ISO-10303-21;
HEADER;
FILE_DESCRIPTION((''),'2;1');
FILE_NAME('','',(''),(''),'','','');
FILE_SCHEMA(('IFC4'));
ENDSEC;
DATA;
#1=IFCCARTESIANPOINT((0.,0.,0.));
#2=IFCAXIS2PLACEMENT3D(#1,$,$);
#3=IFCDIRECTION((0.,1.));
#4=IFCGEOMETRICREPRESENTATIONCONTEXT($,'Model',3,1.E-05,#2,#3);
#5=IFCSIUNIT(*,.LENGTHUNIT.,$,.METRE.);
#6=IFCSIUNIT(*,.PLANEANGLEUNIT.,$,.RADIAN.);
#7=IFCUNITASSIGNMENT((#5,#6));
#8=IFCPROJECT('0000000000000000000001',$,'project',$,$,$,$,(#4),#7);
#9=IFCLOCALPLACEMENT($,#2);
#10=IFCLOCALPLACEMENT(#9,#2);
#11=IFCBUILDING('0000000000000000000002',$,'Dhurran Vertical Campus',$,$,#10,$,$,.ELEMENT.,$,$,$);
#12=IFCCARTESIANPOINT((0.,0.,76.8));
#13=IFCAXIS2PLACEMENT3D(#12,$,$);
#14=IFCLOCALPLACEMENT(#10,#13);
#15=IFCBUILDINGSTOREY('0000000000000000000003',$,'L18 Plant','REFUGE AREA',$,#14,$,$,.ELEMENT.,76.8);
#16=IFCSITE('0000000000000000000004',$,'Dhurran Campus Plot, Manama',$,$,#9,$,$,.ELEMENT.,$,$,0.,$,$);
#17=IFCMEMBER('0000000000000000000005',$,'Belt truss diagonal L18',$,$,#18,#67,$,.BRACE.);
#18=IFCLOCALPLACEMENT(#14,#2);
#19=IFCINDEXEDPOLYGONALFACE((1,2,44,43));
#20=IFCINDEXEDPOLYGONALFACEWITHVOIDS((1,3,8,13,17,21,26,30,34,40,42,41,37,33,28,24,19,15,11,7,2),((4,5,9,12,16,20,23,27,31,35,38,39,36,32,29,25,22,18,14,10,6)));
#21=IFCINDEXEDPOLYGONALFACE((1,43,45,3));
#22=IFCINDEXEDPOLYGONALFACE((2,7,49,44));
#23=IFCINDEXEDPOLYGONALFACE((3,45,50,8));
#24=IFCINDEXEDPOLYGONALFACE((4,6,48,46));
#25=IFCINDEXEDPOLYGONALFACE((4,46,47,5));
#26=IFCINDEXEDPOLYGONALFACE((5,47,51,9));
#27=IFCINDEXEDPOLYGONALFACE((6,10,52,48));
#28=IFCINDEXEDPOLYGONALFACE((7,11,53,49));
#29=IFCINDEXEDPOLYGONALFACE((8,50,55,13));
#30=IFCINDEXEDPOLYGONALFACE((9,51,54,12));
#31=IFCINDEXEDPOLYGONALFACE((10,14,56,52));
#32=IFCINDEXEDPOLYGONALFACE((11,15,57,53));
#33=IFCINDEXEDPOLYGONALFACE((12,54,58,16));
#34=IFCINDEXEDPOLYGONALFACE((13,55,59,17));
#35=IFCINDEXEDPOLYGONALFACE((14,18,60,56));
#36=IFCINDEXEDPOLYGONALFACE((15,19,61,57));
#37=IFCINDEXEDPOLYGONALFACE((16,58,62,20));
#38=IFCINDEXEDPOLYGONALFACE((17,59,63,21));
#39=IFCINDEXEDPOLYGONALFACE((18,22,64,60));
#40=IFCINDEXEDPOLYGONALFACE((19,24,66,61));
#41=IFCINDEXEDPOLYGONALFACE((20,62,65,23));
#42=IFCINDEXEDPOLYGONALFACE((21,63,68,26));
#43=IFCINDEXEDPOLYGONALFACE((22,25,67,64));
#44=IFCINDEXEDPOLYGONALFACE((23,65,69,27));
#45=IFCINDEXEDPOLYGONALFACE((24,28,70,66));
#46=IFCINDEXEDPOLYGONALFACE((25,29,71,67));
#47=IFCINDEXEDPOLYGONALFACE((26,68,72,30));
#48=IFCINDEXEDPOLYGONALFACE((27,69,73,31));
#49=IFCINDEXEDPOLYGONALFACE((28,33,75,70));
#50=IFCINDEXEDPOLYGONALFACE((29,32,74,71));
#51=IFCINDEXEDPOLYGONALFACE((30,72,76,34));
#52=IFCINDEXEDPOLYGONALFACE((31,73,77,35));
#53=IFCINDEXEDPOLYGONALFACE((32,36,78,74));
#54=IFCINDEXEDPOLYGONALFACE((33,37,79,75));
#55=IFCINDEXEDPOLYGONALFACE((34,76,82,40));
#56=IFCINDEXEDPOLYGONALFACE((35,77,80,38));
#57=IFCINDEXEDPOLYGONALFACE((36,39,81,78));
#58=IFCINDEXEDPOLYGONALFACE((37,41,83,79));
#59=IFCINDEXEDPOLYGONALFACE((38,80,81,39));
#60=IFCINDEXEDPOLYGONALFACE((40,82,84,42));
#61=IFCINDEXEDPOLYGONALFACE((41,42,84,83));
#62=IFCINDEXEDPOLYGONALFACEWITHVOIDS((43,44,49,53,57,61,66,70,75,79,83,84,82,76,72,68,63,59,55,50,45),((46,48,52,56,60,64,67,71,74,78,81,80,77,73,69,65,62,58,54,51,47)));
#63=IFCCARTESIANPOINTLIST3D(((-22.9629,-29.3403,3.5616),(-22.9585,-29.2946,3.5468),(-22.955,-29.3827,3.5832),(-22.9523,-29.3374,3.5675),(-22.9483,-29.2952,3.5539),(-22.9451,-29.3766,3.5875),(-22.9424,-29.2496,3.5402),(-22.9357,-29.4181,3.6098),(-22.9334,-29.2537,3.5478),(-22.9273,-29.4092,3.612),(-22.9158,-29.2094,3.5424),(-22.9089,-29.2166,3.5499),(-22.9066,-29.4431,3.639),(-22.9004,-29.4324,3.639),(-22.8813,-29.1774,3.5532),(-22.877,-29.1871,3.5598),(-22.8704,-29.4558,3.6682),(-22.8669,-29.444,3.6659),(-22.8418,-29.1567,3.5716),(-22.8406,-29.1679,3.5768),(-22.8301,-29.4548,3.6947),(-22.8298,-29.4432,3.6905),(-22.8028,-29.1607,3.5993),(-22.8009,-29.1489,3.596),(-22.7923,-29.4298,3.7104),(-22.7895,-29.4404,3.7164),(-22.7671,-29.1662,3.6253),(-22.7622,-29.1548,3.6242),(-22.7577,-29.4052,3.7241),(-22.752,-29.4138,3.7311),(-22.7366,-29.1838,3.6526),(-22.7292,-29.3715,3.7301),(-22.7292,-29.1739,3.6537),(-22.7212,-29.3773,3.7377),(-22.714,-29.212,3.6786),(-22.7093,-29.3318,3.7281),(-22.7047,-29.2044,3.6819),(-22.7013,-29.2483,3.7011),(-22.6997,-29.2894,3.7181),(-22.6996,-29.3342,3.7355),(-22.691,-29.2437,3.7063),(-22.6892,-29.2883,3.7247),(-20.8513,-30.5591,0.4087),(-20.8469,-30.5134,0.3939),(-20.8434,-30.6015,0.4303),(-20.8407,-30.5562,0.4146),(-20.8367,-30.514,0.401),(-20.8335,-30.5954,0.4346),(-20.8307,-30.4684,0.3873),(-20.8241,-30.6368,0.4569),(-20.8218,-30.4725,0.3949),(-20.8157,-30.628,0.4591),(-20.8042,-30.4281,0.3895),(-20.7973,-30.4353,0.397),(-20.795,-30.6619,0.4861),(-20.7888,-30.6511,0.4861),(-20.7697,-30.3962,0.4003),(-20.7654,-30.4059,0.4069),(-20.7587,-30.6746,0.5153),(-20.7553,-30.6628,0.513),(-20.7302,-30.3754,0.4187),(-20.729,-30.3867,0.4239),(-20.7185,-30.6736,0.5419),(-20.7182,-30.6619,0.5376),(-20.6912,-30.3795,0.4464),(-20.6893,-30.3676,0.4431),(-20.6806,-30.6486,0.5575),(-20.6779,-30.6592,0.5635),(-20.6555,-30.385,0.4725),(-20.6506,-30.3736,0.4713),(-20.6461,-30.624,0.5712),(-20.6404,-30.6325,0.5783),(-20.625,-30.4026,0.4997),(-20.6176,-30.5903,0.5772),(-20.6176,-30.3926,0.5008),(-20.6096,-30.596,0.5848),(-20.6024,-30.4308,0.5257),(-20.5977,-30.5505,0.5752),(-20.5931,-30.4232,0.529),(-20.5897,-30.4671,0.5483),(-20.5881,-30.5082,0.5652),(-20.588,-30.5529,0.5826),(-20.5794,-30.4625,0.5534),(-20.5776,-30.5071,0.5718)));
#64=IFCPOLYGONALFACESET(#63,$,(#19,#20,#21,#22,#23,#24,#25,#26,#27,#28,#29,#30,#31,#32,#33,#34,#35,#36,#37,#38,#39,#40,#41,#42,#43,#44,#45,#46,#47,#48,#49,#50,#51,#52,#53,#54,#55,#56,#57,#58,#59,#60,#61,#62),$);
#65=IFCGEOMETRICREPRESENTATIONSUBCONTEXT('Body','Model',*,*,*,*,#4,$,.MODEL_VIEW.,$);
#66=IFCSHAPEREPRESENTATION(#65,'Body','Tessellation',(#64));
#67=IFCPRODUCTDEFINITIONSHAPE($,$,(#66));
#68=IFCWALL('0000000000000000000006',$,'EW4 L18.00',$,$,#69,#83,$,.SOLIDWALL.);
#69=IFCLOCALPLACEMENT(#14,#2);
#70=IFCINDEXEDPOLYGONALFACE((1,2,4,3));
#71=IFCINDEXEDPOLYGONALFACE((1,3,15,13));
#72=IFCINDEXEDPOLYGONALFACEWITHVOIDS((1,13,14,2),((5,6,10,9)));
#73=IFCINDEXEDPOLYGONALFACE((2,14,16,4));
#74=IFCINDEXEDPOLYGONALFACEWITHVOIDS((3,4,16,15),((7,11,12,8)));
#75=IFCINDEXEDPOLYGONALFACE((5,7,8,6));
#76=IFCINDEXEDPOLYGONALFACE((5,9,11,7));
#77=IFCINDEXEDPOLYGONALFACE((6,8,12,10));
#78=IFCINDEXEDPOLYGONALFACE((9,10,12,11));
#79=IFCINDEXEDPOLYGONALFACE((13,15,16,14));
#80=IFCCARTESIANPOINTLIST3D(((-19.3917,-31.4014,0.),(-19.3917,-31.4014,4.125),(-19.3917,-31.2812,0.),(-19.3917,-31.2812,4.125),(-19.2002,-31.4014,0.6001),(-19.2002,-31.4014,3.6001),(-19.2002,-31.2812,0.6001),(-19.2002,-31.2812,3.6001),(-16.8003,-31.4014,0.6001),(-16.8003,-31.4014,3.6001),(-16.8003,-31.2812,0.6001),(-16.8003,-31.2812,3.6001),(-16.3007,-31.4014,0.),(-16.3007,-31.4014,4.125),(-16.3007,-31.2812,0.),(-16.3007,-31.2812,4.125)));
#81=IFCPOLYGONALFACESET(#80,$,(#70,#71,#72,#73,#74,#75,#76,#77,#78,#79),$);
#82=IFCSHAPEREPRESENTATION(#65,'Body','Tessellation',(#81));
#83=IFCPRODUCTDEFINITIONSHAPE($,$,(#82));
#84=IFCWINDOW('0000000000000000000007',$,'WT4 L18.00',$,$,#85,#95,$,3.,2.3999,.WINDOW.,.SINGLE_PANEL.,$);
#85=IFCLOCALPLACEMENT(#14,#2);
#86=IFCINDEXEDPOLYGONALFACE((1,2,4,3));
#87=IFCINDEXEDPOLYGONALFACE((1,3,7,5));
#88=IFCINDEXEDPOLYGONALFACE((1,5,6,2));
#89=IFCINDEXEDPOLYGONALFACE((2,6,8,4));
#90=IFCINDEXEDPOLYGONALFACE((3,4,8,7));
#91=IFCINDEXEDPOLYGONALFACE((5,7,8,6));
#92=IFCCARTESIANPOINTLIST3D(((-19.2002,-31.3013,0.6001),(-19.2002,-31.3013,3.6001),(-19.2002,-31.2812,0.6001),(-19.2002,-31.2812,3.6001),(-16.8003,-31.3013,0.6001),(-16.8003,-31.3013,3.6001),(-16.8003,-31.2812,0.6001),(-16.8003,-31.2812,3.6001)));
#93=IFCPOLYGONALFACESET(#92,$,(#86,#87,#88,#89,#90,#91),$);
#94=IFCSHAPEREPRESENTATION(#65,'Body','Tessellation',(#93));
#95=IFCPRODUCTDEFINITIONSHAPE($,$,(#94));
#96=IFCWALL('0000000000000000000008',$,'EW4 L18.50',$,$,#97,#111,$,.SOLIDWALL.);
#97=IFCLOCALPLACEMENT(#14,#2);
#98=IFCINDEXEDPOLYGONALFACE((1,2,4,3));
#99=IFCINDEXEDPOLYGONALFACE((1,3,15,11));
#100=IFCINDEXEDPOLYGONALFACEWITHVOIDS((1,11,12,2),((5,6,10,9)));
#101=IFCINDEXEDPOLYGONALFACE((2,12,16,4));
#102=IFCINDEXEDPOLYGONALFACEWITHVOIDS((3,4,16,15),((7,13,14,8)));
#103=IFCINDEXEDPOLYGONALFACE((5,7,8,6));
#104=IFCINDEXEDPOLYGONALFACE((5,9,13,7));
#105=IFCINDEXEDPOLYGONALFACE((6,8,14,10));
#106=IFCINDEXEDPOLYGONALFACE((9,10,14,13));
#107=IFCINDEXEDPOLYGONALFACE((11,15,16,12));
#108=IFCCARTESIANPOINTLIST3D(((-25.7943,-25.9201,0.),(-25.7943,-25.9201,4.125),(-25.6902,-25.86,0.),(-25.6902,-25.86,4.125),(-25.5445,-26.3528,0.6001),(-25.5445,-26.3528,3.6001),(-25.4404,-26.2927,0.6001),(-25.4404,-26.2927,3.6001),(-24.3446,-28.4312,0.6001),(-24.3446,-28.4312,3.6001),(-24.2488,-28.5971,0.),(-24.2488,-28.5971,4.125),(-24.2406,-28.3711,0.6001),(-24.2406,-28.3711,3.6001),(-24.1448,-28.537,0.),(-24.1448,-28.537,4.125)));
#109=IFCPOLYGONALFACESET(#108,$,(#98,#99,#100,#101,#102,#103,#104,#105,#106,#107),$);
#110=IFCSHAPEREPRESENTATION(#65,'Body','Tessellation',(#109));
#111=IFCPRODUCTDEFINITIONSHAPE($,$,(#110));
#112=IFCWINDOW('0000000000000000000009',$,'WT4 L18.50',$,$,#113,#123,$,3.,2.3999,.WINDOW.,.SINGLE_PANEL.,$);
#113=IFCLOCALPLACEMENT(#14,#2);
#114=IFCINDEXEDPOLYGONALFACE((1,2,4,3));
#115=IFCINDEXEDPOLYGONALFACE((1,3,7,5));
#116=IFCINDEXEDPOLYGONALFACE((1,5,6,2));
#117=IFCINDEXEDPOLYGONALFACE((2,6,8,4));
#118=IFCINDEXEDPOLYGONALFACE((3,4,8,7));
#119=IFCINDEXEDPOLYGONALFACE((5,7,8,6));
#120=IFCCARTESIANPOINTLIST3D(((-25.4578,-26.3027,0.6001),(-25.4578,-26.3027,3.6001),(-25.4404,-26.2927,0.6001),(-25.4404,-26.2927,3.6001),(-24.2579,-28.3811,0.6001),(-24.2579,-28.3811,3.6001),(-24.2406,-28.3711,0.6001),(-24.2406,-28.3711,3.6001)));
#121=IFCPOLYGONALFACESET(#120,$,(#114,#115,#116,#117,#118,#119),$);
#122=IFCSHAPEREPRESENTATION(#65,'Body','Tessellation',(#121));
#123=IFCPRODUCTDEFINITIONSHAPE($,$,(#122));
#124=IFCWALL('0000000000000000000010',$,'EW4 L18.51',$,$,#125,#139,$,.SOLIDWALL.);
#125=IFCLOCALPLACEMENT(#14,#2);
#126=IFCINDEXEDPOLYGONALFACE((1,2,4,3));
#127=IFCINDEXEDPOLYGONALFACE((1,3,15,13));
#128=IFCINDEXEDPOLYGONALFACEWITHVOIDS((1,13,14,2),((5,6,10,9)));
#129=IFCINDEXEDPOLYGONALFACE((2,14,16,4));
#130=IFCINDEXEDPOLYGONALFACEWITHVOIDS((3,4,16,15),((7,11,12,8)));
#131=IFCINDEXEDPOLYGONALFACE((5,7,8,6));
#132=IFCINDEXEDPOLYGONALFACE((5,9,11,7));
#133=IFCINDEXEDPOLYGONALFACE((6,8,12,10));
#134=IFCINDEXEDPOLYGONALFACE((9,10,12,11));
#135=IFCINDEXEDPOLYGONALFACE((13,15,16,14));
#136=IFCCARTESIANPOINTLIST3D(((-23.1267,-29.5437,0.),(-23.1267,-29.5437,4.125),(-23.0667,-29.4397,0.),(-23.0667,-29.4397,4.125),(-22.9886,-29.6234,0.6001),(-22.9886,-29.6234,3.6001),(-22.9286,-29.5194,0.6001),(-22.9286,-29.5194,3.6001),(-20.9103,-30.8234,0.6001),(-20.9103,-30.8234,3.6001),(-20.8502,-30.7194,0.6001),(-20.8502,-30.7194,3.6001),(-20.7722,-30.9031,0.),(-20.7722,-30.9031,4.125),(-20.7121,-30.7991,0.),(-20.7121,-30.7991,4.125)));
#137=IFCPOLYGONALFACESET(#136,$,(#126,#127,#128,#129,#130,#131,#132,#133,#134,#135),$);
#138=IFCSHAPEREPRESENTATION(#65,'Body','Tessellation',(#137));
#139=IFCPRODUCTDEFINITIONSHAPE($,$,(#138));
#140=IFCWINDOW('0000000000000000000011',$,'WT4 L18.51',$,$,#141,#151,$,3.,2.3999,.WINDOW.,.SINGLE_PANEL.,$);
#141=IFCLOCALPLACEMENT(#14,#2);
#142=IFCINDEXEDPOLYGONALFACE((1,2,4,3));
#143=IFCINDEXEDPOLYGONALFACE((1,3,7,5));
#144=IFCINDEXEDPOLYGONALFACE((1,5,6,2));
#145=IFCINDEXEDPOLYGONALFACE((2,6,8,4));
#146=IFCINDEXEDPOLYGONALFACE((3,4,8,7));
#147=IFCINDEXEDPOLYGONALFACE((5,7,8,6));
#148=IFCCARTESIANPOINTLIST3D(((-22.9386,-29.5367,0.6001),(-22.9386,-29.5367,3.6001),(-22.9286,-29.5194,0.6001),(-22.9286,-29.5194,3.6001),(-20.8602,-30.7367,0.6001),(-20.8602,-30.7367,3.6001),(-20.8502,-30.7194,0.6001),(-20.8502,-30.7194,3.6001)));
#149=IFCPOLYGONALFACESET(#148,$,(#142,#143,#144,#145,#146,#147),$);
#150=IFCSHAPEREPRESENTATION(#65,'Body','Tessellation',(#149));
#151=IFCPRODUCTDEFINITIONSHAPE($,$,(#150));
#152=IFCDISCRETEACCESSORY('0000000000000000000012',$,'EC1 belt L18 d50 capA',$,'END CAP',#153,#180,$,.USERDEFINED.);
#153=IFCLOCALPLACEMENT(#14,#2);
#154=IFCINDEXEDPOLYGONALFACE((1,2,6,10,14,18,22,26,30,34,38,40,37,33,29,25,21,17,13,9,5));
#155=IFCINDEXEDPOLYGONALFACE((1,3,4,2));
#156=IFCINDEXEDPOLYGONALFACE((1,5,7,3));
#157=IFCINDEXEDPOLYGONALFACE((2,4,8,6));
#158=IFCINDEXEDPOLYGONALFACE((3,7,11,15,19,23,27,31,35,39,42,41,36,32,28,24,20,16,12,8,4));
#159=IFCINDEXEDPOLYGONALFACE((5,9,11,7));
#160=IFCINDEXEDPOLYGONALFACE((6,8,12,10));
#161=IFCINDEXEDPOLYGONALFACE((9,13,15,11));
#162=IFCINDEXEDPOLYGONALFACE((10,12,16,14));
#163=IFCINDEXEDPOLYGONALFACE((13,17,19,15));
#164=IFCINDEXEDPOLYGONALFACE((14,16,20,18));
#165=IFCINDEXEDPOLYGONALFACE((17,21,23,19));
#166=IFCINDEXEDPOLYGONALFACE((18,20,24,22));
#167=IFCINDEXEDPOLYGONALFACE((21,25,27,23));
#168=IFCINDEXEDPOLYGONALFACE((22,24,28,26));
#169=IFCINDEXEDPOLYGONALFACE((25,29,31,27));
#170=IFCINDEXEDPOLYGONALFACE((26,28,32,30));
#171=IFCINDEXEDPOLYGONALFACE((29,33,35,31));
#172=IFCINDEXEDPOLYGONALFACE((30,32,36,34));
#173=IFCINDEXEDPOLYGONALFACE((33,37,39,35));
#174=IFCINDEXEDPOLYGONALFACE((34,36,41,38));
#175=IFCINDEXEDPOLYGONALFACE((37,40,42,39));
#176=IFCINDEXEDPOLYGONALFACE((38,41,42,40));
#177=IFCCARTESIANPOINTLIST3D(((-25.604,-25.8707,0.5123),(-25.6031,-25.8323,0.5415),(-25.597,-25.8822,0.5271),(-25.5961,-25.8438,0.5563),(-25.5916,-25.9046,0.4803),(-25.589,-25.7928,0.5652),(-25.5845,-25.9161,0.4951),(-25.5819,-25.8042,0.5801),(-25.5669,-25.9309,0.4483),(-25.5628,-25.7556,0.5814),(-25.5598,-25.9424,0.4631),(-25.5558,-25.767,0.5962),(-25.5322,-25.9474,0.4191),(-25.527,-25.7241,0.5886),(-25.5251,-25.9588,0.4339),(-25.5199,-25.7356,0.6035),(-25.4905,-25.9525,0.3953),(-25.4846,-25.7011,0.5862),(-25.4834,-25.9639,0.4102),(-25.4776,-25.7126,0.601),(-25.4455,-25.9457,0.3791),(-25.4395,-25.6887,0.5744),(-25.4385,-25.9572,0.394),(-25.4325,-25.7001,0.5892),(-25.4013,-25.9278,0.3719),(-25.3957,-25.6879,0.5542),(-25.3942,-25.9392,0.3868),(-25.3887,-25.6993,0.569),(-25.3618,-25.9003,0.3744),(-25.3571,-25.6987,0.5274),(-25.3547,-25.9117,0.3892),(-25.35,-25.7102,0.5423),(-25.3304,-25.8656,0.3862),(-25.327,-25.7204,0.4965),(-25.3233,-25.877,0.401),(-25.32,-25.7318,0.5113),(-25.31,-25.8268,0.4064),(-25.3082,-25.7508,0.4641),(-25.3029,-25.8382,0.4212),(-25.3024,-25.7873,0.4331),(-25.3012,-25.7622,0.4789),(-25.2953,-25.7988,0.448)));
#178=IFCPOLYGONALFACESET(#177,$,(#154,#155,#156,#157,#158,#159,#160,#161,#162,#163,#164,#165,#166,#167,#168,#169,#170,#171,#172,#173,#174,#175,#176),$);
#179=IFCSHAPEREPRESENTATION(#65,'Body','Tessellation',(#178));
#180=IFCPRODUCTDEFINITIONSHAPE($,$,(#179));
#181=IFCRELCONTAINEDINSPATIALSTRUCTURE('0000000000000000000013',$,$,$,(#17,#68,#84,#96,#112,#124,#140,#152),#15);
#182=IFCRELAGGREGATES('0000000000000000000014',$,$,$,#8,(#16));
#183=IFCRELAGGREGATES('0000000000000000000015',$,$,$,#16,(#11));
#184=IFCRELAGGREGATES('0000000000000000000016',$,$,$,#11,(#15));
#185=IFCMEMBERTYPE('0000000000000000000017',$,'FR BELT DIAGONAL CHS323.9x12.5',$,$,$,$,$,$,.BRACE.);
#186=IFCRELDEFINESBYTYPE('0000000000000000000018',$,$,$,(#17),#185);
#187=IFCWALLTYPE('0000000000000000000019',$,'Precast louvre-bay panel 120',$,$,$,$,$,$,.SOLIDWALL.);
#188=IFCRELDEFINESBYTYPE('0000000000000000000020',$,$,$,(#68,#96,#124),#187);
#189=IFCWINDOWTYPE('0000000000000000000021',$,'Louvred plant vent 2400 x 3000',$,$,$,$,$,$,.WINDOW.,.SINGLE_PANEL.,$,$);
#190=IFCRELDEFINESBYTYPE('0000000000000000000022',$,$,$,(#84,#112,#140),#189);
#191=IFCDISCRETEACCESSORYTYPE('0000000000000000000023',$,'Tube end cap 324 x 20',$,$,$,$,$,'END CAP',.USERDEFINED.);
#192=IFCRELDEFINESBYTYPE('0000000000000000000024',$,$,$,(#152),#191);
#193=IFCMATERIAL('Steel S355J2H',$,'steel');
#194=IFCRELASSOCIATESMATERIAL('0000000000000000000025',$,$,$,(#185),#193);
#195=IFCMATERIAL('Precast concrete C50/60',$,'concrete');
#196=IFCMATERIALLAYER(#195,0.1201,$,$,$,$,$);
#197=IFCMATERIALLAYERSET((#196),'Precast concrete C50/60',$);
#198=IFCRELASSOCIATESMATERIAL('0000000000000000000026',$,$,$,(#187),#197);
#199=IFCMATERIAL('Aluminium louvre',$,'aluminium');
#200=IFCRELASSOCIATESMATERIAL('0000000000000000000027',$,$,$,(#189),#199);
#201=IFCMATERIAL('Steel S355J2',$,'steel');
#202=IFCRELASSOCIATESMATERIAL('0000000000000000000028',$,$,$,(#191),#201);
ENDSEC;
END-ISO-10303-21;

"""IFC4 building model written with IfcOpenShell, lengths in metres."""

from ifc_helpers import new_model, si_unit, direction, frame, frame_2d, origin, origin_2d, place, context, subcontext, project, spatial, rectangle, circle, hollow_circle, extrude, material, layer, layer_set, material_profile, profile_set, type_object, element, fill, save


model = new_model("IFC4")

# Units and contexts
model_context = context("Model", 3, precision=1e-05, world=origin(), true_north=direction((0.0, 1.0)))
body_context = subcontext(model_context, "Body", "Model", "MODEL_VIEW")
ifc_project = project(units=[si_unit("LENGTHUNIT", "METRE"), si_unit("PLANEANGLEUNIT", "RADIAN")], contexts=[model_context])

# Site, building, storey
site_placement = place(None, origin())
site = spatial("IfcSite", under=ifc_project, at=site_placement, Name="Dhurran Campus Plot, Manama", CompositionType="ELEMENT", RefElevation=0.0)
building_placement = place(site_placement, origin())
building = spatial("IfcBuilding", under=site, at=building_placement, Name="Dhurran Vertical Campus", CompositionType="ELEMENT")
storey_placement = place(building_placement, frame((0.0, 0.0, 76.8)))
storey = spatial("IfcBuildingStorey", under=building, at=storey_placement, Name="L18 Plant", Description="REFUGE AREA", CompositionType="ELEMENT", Elevation=76.8)

# Member
ifc_material_1 = material(Name="Steel S355J2H", Category="steel")
ifc_material_profile_1 = material_profile(ifc_material_1, hollow_circle(Radius=0.1619, WallThickness=0.0125, at=origin_2d()), Name="CHS323.9x12.5")
ifc_profile_set_1 = profile_set([ifc_material_profile_1], Name="Steel S355J2H")
member_type = type_object("IfcMemberType", Name="FR BELT DIAGONAL CHS323.9x12.5", PredefinedType="BRACE", material=ifc_profile_set_1)
member_1_placement = place(storey_placement, frame((-20.7141, -30.5217, 0.4861), z_axis=(-0.52981, 0.305794, 0.79107), x_axis=(-0.499887, -0.866091, 0.0)))
element("IfcMember", 1, at=member_1_placement, inside=storey, type_object=member_type, Name="Belt truss diagonal L18", PredefinedType="BRACE", context=body_context, shape_type="SweptSolid", body=[
    extrude(hollow_circle(Radius=0.1619, WallThickness=0.0125, at=origin_2d()), origin(), (0.0, 0.0, 1.0), 3.9856),
])

# Walls, openings, windows
ifc_material_2 = material(Name="Precast concrete C50/60", Category="concrete")
ifc_layer = layer(ifc_material_2, 0.1201)
ifc_layer_set = layer_set([ifc_layer], Name="Precast concrete C50/60")
wall_type = type_object("IfcWallType", Name="Precast louvre-bay panel 120", PredefinedType="SOLIDWALL", material=ifc_layer_set)
wall_1_placement = place(storey_placement, frame((-19.3916, -31.3413, 0.0), z_axis=(0.0, 0.0, 1.0), x_axis=(1.0, 0.0, 0.0)))
wall_1 = element("IfcWall", 2, at=wall_1_placement, inside=storey, type_object=wall_type, Name="EW4 L18.00", PredefinedType="SOLIDWALL", context=body_context, shape_type="SweptSolid", body=[
    extrude(rectangle(XDim=3.0911, YDim=0.1201, at=frame_2d((1.5454, 0.0))), origin(), (0.0, 0.0, 1.0), 4.125),
])
opening_1_placement = place(wall_1_placement, frame((0.1914, 0.0, 0.6001)))
opening_1 = element("IfcOpeningElement", 3, at=opening_1_placement, cuts=wall_1, PredefinedType="OPENING", context=body_context, shape_type="SweptSolid", body=[
    extrude(rectangle(XDim=2.3999, YDim=3.0, at=frame_2d((1.2, 1.5))), frame((0.0, 0.0701, 0.0), z_axis=(0.0, -1.0, 0.0), x_axis=(1.0, 0.0, 0.0)), (0.0, 0.0, 1.0), 0.1401),
])
ifc_material_3 = material(Name="Aluminium louvre", Category="aluminium")
window_type = type_object("IfcWindowType", Name="Louvred plant vent 2400 x 3000", PartitioningType="SINGLE_PANEL", PredefinedType="WINDOW", material=ifc_material_3)
window_1_placement = place(opening_1_placement, origin())
window_1 = element("IfcWindow", 4, at=window_1_placement, inside=storey, type_object=window_type, Name="WT4 L18.00", OverallHeight=3.0, OverallWidth=2.3999, PartitioningType="SINGLE_PANEL", PredefinedType="WINDOW", context=body_context, shape_type="SweptSolid", body=[
    extrude(rectangle(XDim=2.3999, YDim=3.0, at=frame_2d((1.2, 1.5))), frame((0.0, 0.0601, 0.0), z_axis=(0.0, -1.0, 0.0), x_axis=(1.0, 0.0, 0.0)), (0.0, 0.0, 1.0), 0.02),
])
fill(opening_1, window_1)
wall_2_placement = place(storey_placement, frame((-25.7422, -25.8901, 0.0), z_axis=(0.0, 0.0, 1.0), x_axis=(0.499962, -0.866047, 0.0)))
wall_2 = element("IfcWall", 5, at=wall_2_placement, inside=storey, type_object=wall_type, Name="EW4 L18.50", PredefinedType="SOLIDWALL", context=body_context, shape_type="SweptSolid", body=[
    extrude(rectangle(XDim=3.0911, YDim=0.1201, at=frame_2d((1.5454, 0.0))), origin(), (0.0, 0.0, 1.0), 4.125),
])
opening_2_placement = place(wall_2_placement, frame((0.4995, 0.0, 0.6001)))
opening_2 = element("IfcOpeningElement", 6, at=opening_2_placement, cuts=wall_2, PredefinedType="OPENING", context=body_context, shape_type="SweptSolid", body=[
    extrude(rectangle(XDim=2.3999, YDim=3.0, at=frame_2d((1.2, 1.5))), frame((0.0, 0.0701, 0.0), z_axis=(0.0, -1.0, 0.0), x_axis=(1.0, 0.0, 0.0)), (0.0, 0.0, 1.0), 0.1401),
])
window_2_placement = place(opening_2_placement, origin())
window_2 = element("IfcWindow", 7, at=window_2_placement, inside=storey, type_object=window_type, Name="WT4 L18.50", OverallHeight=3.0, OverallWidth=2.3999, PartitioningType="SINGLE_PANEL", PredefinedType="WINDOW", context=body_context, shape_type="SweptSolid", body=[
    extrude(rectangle(XDim=2.3999, YDim=3.0, at=frame_2d((1.2, 1.5))), frame((0.0, 0.0601, 0.0), z_axis=(0.0, -1.0, 0.0), x_axis=(1.0, 0.0, 0.0)), (0.0, 0.0, 1.0), 0.02),
])
fill(opening_2, window_2)
wall_3_placement = place(storey_placement, frame((-23.0967, -29.4917, 0.0), z_axis=(0.0, 0.0, 1.0), x_axis=(0.866024, -0.500002, 0.0)))
wall_3 = element("IfcWall", 8, at=wall_3_placement, inside=storey, type_object=wall_type, Name="EW4 L18.51", PredefinedType="SOLIDWALL", context=body_context, shape_type="SweptSolid", body=[
    extrude(rectangle(XDim=2.7188, YDim=0.1201, at=frame_2d((1.3594, 0.0))), origin(), (0.0, 0.0, 1.0), 4.125),
])
opening_3_placement = place(wall_3_placement, frame((0.1594, 0.0, 0.6001)))
opening_3 = element("IfcOpeningElement", 9, at=opening_3_placement, cuts=wall_3, PredefinedType="OPENING", context=body_context, shape_type="SweptSolid", body=[
    extrude(rectangle(XDim=2.3999, YDim=3.0, at=frame_2d((1.2, 1.5))), frame((0.0, 0.0701, 0.0), z_axis=(0.0, -1.0, 0.0), x_axis=(1.0, 0.0, 0.0)), (0.0, 0.0, 1.0), 0.1401),
])
window_3_placement = place(opening_3_placement, origin())
window_3 = element("IfcWindow", 10, at=window_3_placement, inside=storey, type_object=window_type, Name="WT4 L18.51", OverallHeight=3.0, OverallWidth=2.3999, PartitioningType="SINGLE_PANEL", PredefinedType="WINDOW", context=body_context, shape_type="SweptSolid", body=[
    extrude(rectangle(XDim=2.3999, YDim=3.0, at=frame_2d((1.2, 1.5))), frame((0.0, 0.0601, 0.0), z_axis=(0.0, -1.0, 0.0), x_axis=(1.0, 0.0, 0.0)), (0.0, 0.0, 1.0), 0.02),
])
fill(opening_3, window_3)

# Discrete accessory
ifc_material_4 = material(Name="Steel S355J2", Category="steel")
ifc_material_profile_2 = material_profile(ifc_material_4, circle(Radius=0.1619, at=origin_2d()), Name="Tube end cap 324 x 20")
ifc_profile_set_2 = profile_set([ifc_material_profile_2], Name="Steel S355J2")
discrete_accessory_type = type_object("IfcDiscreteAccessoryType", Name="Tube end cap 324 x 20", ElementType="END CAP", PredefinedType="USERDEFINED", material=ifc_profile_set_2)
for number, where, z_axis, x_axis, name in (
    (11, (-25.4468, -25.8311, 0.4951), (-0.352429, 0.571178, -0.741316), (-0.851036, -0.525107, 0.0), "EC1 belt L18 d50 capA"),
):
    element("IfcDiscreteAccessory", number, at=place(storey_placement, frame(where, z_axis=z_axis, x_axis=x_axis)), inside=storey, type_object=discrete_accessory_type, Name=name, ObjectType="END CAP", PredefinedType="USERDEFINED", context=body_context, shape_type="SweptSolid", body=[
        extrude(circle(Radius=0.1619, at=origin_2d()), origin(), (0.0, 0.0, 1.0), 0.02),
    ])

save(model, "model.ifc")
